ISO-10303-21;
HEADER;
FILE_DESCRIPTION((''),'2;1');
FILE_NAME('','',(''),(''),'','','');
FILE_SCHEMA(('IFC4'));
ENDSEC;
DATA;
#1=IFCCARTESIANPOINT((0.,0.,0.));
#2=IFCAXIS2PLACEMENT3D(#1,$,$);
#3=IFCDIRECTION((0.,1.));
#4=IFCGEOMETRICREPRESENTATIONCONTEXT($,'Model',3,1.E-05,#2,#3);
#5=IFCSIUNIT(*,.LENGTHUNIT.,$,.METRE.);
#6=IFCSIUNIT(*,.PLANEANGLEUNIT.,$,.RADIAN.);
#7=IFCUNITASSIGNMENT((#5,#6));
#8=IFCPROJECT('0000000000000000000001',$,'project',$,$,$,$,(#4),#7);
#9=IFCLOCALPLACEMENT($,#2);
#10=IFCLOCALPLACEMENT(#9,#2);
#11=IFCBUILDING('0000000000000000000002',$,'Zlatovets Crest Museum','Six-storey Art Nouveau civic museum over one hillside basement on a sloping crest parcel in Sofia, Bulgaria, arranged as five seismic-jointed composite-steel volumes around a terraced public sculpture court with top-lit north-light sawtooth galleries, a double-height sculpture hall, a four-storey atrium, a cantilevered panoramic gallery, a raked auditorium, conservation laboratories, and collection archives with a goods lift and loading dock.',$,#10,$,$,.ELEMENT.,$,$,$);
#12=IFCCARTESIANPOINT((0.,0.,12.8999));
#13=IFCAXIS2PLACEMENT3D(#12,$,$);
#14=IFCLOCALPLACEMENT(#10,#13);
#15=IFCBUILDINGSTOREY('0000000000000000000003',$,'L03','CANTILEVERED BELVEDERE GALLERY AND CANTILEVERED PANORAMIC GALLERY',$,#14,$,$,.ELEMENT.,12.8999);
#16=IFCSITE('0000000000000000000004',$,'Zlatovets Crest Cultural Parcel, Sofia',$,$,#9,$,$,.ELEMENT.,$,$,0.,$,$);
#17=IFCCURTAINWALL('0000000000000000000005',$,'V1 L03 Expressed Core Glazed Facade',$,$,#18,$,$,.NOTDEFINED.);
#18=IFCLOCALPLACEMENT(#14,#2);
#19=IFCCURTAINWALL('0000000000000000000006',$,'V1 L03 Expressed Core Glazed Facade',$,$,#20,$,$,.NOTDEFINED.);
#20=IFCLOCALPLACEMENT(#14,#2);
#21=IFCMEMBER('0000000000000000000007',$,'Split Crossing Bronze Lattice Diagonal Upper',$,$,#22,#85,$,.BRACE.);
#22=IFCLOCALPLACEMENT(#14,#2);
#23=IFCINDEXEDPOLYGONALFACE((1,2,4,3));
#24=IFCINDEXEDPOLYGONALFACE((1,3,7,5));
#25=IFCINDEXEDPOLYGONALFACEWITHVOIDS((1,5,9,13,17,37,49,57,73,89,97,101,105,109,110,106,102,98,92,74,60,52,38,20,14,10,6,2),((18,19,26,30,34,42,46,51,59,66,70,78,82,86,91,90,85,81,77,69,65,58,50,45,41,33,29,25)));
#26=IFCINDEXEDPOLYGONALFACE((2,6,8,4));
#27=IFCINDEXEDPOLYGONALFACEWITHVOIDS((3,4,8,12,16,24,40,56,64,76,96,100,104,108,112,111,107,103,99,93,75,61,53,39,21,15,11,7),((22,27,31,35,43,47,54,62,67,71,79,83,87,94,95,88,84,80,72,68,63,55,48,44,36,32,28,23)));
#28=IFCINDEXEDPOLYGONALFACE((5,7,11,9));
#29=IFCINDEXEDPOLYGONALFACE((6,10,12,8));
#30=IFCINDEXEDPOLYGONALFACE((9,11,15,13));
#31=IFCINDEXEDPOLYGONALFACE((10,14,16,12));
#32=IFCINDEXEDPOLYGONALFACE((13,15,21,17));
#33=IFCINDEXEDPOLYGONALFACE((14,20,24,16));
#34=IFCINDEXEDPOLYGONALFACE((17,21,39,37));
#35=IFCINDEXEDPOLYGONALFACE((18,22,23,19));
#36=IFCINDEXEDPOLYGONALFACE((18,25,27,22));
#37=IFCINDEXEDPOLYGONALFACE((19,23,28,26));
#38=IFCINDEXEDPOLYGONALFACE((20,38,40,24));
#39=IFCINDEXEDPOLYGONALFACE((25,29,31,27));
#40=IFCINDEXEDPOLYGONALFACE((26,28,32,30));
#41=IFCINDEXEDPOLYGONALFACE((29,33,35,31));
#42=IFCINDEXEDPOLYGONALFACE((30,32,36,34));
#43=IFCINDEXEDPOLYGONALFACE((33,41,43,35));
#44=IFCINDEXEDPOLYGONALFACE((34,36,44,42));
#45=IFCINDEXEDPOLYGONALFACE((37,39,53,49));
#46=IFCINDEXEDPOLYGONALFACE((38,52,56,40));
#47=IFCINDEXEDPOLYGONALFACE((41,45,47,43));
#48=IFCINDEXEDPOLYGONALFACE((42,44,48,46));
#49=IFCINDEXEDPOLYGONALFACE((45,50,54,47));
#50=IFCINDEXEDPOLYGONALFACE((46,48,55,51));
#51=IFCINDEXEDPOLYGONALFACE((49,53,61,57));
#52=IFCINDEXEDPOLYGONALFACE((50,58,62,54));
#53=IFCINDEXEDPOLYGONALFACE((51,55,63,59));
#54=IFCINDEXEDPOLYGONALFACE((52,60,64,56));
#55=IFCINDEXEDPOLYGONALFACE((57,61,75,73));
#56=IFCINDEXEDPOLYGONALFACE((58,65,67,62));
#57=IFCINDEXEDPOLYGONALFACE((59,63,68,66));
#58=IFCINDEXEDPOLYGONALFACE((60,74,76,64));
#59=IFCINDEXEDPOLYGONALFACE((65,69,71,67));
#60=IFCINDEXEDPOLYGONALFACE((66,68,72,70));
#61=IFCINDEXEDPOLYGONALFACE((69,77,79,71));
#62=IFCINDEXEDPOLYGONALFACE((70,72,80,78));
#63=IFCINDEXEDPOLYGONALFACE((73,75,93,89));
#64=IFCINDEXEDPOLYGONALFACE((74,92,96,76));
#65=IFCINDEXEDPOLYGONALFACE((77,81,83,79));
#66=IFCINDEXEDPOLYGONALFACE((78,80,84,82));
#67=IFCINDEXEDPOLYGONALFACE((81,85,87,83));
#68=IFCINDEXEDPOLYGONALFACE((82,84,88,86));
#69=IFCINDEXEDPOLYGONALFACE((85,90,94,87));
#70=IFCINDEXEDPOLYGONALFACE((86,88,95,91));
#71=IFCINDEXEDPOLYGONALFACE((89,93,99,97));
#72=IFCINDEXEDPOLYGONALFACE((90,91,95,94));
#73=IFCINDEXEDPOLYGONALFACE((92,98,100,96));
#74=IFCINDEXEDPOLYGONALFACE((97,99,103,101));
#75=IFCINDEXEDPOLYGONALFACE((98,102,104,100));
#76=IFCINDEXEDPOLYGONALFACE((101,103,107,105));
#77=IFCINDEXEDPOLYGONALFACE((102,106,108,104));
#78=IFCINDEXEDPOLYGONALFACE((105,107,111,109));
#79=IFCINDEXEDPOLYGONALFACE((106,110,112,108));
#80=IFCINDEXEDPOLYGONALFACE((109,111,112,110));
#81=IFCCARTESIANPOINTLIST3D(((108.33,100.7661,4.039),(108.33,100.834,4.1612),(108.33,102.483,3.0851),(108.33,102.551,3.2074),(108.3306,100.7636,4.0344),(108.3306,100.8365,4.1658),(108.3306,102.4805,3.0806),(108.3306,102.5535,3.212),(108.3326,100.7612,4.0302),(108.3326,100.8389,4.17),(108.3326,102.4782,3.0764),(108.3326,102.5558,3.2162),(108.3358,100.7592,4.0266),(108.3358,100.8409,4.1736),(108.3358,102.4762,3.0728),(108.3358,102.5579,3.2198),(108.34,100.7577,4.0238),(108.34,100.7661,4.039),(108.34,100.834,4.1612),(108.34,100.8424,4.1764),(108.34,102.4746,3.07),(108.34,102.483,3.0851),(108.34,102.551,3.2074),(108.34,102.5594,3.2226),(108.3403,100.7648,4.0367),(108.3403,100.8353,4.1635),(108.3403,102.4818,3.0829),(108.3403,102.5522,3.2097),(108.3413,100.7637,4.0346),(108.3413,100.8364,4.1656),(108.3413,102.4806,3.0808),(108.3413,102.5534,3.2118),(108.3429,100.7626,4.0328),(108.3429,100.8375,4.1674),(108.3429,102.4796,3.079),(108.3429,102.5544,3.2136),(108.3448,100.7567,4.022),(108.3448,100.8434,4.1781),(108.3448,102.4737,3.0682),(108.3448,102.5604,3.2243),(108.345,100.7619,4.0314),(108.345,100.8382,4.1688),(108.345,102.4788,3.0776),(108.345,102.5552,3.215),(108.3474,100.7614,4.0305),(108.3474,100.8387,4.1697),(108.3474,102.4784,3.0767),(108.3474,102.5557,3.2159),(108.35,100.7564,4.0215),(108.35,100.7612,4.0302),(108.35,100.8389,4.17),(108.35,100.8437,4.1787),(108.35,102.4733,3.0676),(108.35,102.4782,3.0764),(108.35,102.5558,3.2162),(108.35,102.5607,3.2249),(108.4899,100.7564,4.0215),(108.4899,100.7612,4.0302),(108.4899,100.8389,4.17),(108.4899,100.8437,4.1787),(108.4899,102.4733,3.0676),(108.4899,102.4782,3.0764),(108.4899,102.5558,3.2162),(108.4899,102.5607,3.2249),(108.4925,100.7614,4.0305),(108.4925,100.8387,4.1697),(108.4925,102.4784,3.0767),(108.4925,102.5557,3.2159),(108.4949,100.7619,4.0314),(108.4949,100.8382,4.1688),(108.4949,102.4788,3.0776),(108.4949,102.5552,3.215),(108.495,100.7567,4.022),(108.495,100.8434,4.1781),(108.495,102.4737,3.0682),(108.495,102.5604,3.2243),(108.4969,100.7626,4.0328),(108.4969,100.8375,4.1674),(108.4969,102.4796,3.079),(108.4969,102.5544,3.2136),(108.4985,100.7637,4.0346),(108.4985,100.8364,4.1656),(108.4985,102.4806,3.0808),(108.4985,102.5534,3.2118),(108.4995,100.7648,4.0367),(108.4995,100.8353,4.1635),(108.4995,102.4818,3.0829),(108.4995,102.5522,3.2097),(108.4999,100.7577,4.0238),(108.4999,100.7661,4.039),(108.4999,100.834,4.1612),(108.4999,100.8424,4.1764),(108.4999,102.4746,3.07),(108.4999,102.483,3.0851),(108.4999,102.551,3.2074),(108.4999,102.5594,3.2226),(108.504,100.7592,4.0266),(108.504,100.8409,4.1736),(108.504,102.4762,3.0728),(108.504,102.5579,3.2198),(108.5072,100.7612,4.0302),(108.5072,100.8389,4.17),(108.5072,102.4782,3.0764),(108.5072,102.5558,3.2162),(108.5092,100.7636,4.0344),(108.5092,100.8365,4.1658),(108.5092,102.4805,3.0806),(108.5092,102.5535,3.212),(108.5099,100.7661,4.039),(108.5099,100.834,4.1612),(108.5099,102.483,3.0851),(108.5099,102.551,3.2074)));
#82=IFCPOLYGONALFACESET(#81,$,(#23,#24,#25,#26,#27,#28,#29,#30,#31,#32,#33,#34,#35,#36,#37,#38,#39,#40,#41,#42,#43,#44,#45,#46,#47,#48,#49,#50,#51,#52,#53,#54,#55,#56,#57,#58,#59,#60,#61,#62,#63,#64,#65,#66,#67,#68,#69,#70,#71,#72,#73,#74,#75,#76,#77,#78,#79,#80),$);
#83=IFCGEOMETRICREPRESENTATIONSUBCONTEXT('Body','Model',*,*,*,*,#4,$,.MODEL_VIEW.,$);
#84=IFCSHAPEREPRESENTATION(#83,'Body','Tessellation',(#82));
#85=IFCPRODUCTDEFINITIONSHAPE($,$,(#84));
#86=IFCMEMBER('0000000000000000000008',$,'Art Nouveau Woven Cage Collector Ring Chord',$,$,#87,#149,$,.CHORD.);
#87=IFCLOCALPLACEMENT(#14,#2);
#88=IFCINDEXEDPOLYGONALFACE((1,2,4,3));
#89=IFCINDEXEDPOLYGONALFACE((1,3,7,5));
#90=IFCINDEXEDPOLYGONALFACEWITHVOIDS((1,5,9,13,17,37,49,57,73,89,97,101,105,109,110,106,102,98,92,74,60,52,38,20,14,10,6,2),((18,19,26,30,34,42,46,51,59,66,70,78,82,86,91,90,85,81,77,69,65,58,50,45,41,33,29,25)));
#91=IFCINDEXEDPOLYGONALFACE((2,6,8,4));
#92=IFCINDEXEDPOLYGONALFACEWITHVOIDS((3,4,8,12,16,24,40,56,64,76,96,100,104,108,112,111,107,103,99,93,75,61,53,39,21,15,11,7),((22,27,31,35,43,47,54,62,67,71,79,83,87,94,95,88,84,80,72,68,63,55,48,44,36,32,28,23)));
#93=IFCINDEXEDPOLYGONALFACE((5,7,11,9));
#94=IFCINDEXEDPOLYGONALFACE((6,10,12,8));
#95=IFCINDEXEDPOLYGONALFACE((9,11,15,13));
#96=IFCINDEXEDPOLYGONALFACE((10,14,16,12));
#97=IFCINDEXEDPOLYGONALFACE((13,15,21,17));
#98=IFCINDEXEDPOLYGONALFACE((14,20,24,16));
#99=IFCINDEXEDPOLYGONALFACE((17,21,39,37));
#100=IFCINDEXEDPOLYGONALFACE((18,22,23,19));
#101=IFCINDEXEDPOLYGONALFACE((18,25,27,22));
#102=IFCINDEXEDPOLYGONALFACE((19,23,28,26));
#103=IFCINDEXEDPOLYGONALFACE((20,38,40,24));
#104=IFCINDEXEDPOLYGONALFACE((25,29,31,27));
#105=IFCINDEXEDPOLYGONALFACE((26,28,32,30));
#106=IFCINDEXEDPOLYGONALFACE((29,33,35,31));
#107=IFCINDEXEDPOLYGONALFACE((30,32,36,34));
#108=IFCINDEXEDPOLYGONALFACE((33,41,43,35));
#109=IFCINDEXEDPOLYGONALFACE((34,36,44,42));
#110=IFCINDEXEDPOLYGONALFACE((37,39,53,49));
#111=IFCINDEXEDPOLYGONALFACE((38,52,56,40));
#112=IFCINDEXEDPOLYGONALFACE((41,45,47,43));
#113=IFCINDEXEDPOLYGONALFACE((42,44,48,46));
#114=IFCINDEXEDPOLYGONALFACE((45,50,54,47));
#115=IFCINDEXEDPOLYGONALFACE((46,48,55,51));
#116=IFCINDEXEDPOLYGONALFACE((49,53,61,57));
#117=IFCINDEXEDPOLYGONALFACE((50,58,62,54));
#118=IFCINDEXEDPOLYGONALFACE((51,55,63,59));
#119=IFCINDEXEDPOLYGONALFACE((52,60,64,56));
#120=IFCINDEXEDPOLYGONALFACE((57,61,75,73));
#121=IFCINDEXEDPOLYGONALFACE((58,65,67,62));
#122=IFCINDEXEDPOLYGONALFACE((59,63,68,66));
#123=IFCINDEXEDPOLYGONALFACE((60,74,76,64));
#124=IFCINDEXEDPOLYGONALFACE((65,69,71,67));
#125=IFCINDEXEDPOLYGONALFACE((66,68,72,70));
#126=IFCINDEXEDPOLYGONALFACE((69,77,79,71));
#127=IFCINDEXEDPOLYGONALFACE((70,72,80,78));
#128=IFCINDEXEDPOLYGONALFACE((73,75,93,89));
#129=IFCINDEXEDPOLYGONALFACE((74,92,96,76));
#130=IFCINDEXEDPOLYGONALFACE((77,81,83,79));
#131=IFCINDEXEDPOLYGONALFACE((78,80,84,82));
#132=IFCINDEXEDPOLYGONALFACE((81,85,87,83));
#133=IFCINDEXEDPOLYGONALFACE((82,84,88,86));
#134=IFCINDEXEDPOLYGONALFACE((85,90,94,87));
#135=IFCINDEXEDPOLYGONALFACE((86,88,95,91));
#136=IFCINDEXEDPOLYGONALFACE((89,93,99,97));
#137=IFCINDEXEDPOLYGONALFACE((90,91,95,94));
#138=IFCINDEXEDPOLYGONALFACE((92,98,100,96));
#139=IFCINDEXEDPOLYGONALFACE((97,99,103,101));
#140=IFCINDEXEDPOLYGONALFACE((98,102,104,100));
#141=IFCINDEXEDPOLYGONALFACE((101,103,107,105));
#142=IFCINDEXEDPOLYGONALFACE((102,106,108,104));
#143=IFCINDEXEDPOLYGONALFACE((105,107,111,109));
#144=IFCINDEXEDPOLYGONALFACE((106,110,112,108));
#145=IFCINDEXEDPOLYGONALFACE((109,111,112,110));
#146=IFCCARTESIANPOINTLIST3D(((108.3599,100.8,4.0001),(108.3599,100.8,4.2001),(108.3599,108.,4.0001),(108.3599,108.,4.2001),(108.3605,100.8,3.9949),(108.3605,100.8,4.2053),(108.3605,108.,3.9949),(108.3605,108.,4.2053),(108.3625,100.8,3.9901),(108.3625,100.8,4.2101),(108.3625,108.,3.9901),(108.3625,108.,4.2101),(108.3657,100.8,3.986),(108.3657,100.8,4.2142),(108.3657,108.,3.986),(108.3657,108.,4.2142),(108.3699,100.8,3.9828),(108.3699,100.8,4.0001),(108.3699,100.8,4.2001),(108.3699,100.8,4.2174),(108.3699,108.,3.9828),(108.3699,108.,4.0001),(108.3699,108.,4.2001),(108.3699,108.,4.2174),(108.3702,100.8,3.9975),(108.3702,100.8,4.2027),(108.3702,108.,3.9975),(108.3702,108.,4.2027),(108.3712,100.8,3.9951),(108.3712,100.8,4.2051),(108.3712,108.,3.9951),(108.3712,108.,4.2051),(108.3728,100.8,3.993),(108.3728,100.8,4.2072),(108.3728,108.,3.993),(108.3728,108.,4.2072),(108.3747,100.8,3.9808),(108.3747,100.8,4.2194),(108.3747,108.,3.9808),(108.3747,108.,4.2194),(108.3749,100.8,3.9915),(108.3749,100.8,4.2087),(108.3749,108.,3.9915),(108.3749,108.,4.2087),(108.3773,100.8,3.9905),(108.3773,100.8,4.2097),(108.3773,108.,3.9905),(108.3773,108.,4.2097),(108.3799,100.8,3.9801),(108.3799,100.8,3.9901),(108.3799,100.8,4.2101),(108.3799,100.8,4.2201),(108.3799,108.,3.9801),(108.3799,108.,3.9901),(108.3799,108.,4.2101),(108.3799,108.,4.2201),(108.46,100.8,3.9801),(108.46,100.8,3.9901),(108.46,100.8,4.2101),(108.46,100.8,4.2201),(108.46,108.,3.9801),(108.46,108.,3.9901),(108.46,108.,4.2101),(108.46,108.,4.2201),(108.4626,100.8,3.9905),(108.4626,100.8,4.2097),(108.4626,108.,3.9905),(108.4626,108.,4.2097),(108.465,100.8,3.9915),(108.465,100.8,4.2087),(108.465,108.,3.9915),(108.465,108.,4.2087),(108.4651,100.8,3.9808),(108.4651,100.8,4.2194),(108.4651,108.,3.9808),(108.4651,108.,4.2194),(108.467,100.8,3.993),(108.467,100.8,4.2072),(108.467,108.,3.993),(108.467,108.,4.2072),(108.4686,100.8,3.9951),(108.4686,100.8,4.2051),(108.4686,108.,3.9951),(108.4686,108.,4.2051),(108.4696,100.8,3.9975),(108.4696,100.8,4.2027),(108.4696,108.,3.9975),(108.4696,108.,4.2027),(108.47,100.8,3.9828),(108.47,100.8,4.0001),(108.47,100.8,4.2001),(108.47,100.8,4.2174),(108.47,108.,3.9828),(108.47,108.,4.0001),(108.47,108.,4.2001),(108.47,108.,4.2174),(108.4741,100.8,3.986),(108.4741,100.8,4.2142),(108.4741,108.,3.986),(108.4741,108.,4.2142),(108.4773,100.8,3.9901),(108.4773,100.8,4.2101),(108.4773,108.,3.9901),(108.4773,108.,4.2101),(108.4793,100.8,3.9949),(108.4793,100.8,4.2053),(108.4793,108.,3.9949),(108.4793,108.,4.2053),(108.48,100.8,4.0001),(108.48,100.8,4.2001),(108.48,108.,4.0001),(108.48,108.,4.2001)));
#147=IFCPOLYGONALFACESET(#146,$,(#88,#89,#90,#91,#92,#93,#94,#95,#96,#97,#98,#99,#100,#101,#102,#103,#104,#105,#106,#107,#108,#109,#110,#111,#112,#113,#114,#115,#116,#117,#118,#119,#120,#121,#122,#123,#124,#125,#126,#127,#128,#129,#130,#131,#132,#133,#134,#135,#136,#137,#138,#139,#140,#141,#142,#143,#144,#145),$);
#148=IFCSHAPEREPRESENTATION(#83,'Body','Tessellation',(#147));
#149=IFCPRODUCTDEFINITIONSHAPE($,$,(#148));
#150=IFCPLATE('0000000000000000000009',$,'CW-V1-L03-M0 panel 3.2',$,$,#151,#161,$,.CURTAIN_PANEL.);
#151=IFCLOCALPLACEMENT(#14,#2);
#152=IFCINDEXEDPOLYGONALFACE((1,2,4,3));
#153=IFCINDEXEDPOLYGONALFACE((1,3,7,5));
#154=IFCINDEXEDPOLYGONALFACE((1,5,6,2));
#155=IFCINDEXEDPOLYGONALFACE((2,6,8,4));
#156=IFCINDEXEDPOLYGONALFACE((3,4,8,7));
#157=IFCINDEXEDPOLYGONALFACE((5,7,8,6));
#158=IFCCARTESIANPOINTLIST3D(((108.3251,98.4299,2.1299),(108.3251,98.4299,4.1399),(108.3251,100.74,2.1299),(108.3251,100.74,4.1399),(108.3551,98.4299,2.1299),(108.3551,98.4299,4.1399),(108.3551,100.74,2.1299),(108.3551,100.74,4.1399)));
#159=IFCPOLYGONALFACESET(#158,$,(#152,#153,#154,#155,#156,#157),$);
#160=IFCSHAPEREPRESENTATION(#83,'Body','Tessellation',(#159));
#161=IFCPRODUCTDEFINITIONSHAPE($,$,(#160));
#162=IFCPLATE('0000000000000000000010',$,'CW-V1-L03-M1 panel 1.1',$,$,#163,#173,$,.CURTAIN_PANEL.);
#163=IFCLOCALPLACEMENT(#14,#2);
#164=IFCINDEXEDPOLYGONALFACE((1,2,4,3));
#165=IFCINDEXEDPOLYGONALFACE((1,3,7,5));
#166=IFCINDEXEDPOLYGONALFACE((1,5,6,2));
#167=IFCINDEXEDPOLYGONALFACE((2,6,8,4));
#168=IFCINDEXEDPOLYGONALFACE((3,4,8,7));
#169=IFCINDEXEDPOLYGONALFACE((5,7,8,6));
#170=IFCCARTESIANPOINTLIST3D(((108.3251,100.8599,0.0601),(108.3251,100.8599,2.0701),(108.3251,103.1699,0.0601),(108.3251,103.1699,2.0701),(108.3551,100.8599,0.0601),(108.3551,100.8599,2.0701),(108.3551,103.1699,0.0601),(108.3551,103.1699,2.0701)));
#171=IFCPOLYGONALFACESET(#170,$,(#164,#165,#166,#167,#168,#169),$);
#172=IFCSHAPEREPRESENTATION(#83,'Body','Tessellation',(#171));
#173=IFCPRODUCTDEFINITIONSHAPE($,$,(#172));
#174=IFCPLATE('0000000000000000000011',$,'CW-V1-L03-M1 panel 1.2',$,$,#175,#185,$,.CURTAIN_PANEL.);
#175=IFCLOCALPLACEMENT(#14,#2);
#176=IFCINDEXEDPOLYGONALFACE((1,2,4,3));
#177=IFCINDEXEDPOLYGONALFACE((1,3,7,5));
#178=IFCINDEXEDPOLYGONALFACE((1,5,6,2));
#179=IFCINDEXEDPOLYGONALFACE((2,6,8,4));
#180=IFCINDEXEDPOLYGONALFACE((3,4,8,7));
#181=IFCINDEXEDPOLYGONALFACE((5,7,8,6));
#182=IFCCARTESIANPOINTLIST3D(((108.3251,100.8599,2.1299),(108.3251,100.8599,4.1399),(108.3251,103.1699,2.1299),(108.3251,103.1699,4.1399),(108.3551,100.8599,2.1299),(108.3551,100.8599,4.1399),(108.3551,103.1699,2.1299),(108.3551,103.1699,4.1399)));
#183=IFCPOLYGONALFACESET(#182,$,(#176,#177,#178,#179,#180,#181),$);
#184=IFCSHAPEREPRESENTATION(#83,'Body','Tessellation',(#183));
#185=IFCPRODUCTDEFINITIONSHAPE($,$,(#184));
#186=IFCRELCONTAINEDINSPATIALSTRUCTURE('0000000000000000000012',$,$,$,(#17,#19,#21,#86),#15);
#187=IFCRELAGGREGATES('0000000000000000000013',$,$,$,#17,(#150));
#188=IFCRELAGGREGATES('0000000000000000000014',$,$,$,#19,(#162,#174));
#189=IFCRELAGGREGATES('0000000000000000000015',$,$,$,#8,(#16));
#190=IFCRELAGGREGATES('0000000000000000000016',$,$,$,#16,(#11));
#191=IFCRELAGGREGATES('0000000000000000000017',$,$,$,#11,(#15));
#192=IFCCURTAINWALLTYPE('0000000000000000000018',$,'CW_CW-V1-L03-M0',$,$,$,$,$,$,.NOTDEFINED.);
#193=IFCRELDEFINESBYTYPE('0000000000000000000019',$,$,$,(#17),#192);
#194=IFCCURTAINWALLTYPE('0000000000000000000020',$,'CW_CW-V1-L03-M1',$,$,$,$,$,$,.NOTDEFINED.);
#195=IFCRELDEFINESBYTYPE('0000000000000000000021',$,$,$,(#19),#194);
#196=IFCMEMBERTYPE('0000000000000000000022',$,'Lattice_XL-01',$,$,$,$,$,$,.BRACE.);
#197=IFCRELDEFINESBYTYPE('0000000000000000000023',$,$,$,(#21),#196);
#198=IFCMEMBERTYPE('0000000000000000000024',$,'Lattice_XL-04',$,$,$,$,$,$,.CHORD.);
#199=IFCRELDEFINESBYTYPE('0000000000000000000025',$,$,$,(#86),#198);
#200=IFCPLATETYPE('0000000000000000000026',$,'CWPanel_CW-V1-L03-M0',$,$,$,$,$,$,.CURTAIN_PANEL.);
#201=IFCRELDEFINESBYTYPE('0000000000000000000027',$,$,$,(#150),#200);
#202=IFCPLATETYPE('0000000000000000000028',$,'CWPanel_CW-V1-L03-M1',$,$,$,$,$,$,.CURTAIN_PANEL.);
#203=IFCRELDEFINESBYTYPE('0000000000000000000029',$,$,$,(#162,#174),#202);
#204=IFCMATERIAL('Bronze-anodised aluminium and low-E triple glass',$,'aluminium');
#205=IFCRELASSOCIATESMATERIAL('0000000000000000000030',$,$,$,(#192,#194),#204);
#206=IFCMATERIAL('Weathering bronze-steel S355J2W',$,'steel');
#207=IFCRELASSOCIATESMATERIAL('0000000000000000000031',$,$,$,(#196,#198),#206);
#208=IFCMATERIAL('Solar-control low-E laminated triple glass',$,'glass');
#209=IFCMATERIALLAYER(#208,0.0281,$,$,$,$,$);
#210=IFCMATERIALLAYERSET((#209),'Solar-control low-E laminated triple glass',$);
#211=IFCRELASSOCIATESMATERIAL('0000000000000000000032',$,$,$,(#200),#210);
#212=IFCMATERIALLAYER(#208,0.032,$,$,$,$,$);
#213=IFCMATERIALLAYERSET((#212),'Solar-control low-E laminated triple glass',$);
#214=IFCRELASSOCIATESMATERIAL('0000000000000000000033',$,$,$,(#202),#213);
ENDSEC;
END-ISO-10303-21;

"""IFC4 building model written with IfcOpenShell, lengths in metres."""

from ifc_helpers import new_model, si_unit, direction, frame, origin, origin_2d, place, context, subcontext, project, spatial, rectangle, hollow_rectangle, extrude, material, layer, layer_set, material_profile, profile_set, type_object, element, aggregate, save


model = new_model("IFC4")

# Units and contexts
model_context = context("Model", 3, precision=1e-05, world=origin(), true_north=direction((0.0, 1.0)))
body_context = subcontext(model_context, "Body", "Model", "MODEL_VIEW")
ifc_project = project(units=[si_unit("LENGTHUNIT", "METRE"), si_unit("PLANEANGLEUNIT", "RADIAN")], contexts=[model_context])

# Site, building, storey
site_placement = place(None, origin())
site = spatial("IfcSite", under=ifc_project, at=site_placement, Name="Zlatovets Crest Cultural Parcel, Sofia", CompositionType="ELEMENT", RefElevation=0.0)
building_placement = place(site_placement, origin())
building = spatial("IfcBuilding", under=site, at=building_placement, Name="Zlatovets Crest Museum", Description="Six-storey Art Nouveau civic museum over one hillside basement on a sloping crest parcel in Sofia, Bulgaria, arranged as five seismic-jointed composite-steel volumes around a terraced public sculpture court with top-lit north-light sawtooth galleries, a double-height sculpture hall, a four-storey atrium, a cantilevered panoramic gallery, a raked auditorium, conservation laboratories, and collection archives with a goods lift and loading dock.", CompositionType="ELEMENT")
storey_placement = place(building_placement, frame((0.0, 0.0, 12.8999)))
storey = spatial("IfcBuildingStorey", under=building, at=storey_placement, Name="L03", Description="CANTILEVERED BELVEDERE GALLERY AND CANTILEVERED PANORAMIC GALLERY", CompositionType="ELEMENT", Elevation=12.8999)

# Curtain wall
ifc_material_1 = material(Name="Bronze-anodised aluminium and low-E triple glass", Category="aluminium")
curtain_wall_type_1 = type_object("IfcCurtainWallType", Name="CW_CW-V1-L03-M0", PredefinedType="NOTDEFINED", material=ifc_material_1)
curtain_wall_1_placement = place(storey_placement, origin())
curtain_wall_1 = element("IfcCurtainWall", 1, at=curtain_wall_1_placement, inside=storey, type_object=curtain_wall_type_1, Name="V1 L03 Expressed Core Glazed Facade", PredefinedType="NOTDEFINED")

# Curtain wall
curtain_wall_type_2 = type_object("IfcCurtainWallType", Name="CW_CW-V1-L03-M1", PredefinedType="NOTDEFINED", material=ifc_material_1)
curtain_wall_2_placement = place(storey_placement, origin())
curtain_wall_2 = element("IfcCurtainWall", 2, at=curtain_wall_2_placement, inside=storey, type_object=curtain_wall_type_2, Name="V1 L03 Expressed Core Glazed Facade", PredefinedType="NOTDEFINED")

# Members
ifc_material_2 = material(Name="Weathering bronze-steel S355J2W", Category="steel")
ifc_material_profile_1 = material_profile(ifc_material_2, hollow_rectangle(XDim=0.1799, YDim=0.1799, WallThickness=0.01, InnerFilletRadius=0.01, OuterFilletRadius=0.02, at=origin_2d()), Name="SHS 180x180x10.0")
ifc_profile_set_1 = profile_set([ifc_material_profile_1], Name="Weathering bronze-steel S355J2W")
member_type_1 = type_object("IfcMemberType", Name="Lattice_XL-01", PredefinedType="BRACE", material=ifc_profile_set_1)
member_1_placement = place(storey_placement, frame((108.4199, 100.8, 4.1001), z_axis=(0.0, 0.874169, -0.485622), x_axis=(-1.0, 0.0, 0.0)))
element("IfcMember", 3, at=member_1_placement, inside=storey, type_object=member_type_1, Name="Split Crossing Bronze Lattice Diagonal Upper", PredefinedType="BRACE", context=body_context, shape_type="SweptSolid", body=[
    extrude(hollow_rectangle(XDim=0.1799, YDim=0.1799, WallThickness=0.01, InnerFilletRadius=0.01, OuterFilletRadius=0.02, at=origin_2d()), origin(), (0.0, 0.0, 1.0), 1.9641),
])
ifc_material_profile_2 = material_profile(ifc_material_2, hollow_rectangle(XDim=0.1201, YDim=0.24, WallThickness=0.01, InnerFilletRadius=0.01, OuterFilletRadius=0.02, at=origin_2d()), Name="RHS 120x240x10.0")
ifc_profile_set_2 = profile_set([ifc_material_profile_2], Name="Weathering bronze-steel S355J2W")
member_type_2 = type_object("IfcMemberType", Name="Lattice_XL-04", PredefinedType="CHORD", material=ifc_profile_set_2)
member_2_placement = place(storey_placement, frame((108.4199, 100.8, 4.1001), z_axis=(0.0, 1.0, 0.0), x_axis=(-1.0, 0.0, 0.0)))
element("IfcMember", 4, at=member_2_placement, inside=storey, type_object=member_type_2, Name="Art Nouveau Woven Cage Collector Ring Chord", PredefinedType="CHORD", context=body_context, shape_type="SweptSolid", body=[
    extrude(hollow_rectangle(XDim=0.1201, YDim=0.24, WallThickness=0.01, InnerFilletRadius=0.01, OuterFilletRadius=0.02, at=origin_2d()), origin(), (0.0, 0.0, 1.0), 7.2),
])

# Plates
ifc_material_3 = material(Name="Solar-control low-E laminated triple glass", Category="glass")
ifc_layer_1 = layer(ifc_material_3, 0.0281)
ifc_layer_set_1 = layer_set([ifc_layer_1], Name="Solar-control low-E laminated triple glass")
plate_type_1 = type_object("IfcPlateType", Name="CWPanel_CW-V1-L03-M0", PredefinedType="CURTAIN_PANEL", material=ifc_layer_set_1)
plate_1_placement = place(storey_placement, frame((108.3401, 99.585, 2.1299), z_axis=(0.0, 0.0, 1.0), x_axis=(0.0, 1.0, 0.0)))
plate_1 = element("IfcPlate", 5, at=plate_1_placement, type_object=plate_type_1, Name="CW-V1-L03-M0 panel 3.2", PredefinedType="CURTAIN_PANEL", context=body_context, shape_type="SweptSolid", body=[
    extrude(rectangle(XDim=2.3101, YDim=0.03, at=origin_2d()), origin(), (0.0, 0.0, 1.0), 2.01),
])
aggregate(curtain_wall_1, [plate_1])
ifc_layer_2 = layer(ifc_material_3, 0.032)
ifc_layer_set_2 = layer_set([ifc_layer_2], Name="Solar-control low-E laminated triple glass")
plate_type_2 = type_object("IfcPlateType", Name="CWPanel_CW-V1-L03-M1", PredefinedType="CURTAIN_PANEL", material=ifc_layer_set_2)
plate_2_placement = place(storey_placement, frame((108.3401, 102.0149, 0.0601), z_axis=(0.0, 0.0, 1.0), x_axis=(0.0, 1.0, 0.0)))
plate_2 = element("IfcPlate", 6, at=plate_2_placement, type_object=plate_type_2, Name="CW-V1-L03-M1 panel 1.1", PredefinedType="CURTAIN_PANEL", context=body_context, shape_type="SweptSolid", body=[
    extrude(rectangle(XDim=2.3101, YDim=0.03, at=origin_2d()), origin(), (0.0, 0.0, 1.0), 2.01),
])
plate_3_placement = place(storey_placement, frame((108.3401, 102.0149, 2.1299), z_axis=(0.0, 0.0, 1.0), x_axis=(0.0, 1.0, 0.0)))
plate_3 = element("IfcPlate", 7, at=plate_3_placement, type_object=plate_type_2, Name="CW-V1-L03-M1 panel 1.2", PredefinedType="CURTAIN_PANEL", context=body_context, shape_type="SweptSolid", body=[
    extrude(rectangle(XDim=2.3101, YDim=0.03, at=origin_2d()), origin(), (0.0, 0.0, 1.0), 2.01),
])
aggregate(curtain_wall_2, [plate_2, plate_3])

save(model, "model.ifc")
